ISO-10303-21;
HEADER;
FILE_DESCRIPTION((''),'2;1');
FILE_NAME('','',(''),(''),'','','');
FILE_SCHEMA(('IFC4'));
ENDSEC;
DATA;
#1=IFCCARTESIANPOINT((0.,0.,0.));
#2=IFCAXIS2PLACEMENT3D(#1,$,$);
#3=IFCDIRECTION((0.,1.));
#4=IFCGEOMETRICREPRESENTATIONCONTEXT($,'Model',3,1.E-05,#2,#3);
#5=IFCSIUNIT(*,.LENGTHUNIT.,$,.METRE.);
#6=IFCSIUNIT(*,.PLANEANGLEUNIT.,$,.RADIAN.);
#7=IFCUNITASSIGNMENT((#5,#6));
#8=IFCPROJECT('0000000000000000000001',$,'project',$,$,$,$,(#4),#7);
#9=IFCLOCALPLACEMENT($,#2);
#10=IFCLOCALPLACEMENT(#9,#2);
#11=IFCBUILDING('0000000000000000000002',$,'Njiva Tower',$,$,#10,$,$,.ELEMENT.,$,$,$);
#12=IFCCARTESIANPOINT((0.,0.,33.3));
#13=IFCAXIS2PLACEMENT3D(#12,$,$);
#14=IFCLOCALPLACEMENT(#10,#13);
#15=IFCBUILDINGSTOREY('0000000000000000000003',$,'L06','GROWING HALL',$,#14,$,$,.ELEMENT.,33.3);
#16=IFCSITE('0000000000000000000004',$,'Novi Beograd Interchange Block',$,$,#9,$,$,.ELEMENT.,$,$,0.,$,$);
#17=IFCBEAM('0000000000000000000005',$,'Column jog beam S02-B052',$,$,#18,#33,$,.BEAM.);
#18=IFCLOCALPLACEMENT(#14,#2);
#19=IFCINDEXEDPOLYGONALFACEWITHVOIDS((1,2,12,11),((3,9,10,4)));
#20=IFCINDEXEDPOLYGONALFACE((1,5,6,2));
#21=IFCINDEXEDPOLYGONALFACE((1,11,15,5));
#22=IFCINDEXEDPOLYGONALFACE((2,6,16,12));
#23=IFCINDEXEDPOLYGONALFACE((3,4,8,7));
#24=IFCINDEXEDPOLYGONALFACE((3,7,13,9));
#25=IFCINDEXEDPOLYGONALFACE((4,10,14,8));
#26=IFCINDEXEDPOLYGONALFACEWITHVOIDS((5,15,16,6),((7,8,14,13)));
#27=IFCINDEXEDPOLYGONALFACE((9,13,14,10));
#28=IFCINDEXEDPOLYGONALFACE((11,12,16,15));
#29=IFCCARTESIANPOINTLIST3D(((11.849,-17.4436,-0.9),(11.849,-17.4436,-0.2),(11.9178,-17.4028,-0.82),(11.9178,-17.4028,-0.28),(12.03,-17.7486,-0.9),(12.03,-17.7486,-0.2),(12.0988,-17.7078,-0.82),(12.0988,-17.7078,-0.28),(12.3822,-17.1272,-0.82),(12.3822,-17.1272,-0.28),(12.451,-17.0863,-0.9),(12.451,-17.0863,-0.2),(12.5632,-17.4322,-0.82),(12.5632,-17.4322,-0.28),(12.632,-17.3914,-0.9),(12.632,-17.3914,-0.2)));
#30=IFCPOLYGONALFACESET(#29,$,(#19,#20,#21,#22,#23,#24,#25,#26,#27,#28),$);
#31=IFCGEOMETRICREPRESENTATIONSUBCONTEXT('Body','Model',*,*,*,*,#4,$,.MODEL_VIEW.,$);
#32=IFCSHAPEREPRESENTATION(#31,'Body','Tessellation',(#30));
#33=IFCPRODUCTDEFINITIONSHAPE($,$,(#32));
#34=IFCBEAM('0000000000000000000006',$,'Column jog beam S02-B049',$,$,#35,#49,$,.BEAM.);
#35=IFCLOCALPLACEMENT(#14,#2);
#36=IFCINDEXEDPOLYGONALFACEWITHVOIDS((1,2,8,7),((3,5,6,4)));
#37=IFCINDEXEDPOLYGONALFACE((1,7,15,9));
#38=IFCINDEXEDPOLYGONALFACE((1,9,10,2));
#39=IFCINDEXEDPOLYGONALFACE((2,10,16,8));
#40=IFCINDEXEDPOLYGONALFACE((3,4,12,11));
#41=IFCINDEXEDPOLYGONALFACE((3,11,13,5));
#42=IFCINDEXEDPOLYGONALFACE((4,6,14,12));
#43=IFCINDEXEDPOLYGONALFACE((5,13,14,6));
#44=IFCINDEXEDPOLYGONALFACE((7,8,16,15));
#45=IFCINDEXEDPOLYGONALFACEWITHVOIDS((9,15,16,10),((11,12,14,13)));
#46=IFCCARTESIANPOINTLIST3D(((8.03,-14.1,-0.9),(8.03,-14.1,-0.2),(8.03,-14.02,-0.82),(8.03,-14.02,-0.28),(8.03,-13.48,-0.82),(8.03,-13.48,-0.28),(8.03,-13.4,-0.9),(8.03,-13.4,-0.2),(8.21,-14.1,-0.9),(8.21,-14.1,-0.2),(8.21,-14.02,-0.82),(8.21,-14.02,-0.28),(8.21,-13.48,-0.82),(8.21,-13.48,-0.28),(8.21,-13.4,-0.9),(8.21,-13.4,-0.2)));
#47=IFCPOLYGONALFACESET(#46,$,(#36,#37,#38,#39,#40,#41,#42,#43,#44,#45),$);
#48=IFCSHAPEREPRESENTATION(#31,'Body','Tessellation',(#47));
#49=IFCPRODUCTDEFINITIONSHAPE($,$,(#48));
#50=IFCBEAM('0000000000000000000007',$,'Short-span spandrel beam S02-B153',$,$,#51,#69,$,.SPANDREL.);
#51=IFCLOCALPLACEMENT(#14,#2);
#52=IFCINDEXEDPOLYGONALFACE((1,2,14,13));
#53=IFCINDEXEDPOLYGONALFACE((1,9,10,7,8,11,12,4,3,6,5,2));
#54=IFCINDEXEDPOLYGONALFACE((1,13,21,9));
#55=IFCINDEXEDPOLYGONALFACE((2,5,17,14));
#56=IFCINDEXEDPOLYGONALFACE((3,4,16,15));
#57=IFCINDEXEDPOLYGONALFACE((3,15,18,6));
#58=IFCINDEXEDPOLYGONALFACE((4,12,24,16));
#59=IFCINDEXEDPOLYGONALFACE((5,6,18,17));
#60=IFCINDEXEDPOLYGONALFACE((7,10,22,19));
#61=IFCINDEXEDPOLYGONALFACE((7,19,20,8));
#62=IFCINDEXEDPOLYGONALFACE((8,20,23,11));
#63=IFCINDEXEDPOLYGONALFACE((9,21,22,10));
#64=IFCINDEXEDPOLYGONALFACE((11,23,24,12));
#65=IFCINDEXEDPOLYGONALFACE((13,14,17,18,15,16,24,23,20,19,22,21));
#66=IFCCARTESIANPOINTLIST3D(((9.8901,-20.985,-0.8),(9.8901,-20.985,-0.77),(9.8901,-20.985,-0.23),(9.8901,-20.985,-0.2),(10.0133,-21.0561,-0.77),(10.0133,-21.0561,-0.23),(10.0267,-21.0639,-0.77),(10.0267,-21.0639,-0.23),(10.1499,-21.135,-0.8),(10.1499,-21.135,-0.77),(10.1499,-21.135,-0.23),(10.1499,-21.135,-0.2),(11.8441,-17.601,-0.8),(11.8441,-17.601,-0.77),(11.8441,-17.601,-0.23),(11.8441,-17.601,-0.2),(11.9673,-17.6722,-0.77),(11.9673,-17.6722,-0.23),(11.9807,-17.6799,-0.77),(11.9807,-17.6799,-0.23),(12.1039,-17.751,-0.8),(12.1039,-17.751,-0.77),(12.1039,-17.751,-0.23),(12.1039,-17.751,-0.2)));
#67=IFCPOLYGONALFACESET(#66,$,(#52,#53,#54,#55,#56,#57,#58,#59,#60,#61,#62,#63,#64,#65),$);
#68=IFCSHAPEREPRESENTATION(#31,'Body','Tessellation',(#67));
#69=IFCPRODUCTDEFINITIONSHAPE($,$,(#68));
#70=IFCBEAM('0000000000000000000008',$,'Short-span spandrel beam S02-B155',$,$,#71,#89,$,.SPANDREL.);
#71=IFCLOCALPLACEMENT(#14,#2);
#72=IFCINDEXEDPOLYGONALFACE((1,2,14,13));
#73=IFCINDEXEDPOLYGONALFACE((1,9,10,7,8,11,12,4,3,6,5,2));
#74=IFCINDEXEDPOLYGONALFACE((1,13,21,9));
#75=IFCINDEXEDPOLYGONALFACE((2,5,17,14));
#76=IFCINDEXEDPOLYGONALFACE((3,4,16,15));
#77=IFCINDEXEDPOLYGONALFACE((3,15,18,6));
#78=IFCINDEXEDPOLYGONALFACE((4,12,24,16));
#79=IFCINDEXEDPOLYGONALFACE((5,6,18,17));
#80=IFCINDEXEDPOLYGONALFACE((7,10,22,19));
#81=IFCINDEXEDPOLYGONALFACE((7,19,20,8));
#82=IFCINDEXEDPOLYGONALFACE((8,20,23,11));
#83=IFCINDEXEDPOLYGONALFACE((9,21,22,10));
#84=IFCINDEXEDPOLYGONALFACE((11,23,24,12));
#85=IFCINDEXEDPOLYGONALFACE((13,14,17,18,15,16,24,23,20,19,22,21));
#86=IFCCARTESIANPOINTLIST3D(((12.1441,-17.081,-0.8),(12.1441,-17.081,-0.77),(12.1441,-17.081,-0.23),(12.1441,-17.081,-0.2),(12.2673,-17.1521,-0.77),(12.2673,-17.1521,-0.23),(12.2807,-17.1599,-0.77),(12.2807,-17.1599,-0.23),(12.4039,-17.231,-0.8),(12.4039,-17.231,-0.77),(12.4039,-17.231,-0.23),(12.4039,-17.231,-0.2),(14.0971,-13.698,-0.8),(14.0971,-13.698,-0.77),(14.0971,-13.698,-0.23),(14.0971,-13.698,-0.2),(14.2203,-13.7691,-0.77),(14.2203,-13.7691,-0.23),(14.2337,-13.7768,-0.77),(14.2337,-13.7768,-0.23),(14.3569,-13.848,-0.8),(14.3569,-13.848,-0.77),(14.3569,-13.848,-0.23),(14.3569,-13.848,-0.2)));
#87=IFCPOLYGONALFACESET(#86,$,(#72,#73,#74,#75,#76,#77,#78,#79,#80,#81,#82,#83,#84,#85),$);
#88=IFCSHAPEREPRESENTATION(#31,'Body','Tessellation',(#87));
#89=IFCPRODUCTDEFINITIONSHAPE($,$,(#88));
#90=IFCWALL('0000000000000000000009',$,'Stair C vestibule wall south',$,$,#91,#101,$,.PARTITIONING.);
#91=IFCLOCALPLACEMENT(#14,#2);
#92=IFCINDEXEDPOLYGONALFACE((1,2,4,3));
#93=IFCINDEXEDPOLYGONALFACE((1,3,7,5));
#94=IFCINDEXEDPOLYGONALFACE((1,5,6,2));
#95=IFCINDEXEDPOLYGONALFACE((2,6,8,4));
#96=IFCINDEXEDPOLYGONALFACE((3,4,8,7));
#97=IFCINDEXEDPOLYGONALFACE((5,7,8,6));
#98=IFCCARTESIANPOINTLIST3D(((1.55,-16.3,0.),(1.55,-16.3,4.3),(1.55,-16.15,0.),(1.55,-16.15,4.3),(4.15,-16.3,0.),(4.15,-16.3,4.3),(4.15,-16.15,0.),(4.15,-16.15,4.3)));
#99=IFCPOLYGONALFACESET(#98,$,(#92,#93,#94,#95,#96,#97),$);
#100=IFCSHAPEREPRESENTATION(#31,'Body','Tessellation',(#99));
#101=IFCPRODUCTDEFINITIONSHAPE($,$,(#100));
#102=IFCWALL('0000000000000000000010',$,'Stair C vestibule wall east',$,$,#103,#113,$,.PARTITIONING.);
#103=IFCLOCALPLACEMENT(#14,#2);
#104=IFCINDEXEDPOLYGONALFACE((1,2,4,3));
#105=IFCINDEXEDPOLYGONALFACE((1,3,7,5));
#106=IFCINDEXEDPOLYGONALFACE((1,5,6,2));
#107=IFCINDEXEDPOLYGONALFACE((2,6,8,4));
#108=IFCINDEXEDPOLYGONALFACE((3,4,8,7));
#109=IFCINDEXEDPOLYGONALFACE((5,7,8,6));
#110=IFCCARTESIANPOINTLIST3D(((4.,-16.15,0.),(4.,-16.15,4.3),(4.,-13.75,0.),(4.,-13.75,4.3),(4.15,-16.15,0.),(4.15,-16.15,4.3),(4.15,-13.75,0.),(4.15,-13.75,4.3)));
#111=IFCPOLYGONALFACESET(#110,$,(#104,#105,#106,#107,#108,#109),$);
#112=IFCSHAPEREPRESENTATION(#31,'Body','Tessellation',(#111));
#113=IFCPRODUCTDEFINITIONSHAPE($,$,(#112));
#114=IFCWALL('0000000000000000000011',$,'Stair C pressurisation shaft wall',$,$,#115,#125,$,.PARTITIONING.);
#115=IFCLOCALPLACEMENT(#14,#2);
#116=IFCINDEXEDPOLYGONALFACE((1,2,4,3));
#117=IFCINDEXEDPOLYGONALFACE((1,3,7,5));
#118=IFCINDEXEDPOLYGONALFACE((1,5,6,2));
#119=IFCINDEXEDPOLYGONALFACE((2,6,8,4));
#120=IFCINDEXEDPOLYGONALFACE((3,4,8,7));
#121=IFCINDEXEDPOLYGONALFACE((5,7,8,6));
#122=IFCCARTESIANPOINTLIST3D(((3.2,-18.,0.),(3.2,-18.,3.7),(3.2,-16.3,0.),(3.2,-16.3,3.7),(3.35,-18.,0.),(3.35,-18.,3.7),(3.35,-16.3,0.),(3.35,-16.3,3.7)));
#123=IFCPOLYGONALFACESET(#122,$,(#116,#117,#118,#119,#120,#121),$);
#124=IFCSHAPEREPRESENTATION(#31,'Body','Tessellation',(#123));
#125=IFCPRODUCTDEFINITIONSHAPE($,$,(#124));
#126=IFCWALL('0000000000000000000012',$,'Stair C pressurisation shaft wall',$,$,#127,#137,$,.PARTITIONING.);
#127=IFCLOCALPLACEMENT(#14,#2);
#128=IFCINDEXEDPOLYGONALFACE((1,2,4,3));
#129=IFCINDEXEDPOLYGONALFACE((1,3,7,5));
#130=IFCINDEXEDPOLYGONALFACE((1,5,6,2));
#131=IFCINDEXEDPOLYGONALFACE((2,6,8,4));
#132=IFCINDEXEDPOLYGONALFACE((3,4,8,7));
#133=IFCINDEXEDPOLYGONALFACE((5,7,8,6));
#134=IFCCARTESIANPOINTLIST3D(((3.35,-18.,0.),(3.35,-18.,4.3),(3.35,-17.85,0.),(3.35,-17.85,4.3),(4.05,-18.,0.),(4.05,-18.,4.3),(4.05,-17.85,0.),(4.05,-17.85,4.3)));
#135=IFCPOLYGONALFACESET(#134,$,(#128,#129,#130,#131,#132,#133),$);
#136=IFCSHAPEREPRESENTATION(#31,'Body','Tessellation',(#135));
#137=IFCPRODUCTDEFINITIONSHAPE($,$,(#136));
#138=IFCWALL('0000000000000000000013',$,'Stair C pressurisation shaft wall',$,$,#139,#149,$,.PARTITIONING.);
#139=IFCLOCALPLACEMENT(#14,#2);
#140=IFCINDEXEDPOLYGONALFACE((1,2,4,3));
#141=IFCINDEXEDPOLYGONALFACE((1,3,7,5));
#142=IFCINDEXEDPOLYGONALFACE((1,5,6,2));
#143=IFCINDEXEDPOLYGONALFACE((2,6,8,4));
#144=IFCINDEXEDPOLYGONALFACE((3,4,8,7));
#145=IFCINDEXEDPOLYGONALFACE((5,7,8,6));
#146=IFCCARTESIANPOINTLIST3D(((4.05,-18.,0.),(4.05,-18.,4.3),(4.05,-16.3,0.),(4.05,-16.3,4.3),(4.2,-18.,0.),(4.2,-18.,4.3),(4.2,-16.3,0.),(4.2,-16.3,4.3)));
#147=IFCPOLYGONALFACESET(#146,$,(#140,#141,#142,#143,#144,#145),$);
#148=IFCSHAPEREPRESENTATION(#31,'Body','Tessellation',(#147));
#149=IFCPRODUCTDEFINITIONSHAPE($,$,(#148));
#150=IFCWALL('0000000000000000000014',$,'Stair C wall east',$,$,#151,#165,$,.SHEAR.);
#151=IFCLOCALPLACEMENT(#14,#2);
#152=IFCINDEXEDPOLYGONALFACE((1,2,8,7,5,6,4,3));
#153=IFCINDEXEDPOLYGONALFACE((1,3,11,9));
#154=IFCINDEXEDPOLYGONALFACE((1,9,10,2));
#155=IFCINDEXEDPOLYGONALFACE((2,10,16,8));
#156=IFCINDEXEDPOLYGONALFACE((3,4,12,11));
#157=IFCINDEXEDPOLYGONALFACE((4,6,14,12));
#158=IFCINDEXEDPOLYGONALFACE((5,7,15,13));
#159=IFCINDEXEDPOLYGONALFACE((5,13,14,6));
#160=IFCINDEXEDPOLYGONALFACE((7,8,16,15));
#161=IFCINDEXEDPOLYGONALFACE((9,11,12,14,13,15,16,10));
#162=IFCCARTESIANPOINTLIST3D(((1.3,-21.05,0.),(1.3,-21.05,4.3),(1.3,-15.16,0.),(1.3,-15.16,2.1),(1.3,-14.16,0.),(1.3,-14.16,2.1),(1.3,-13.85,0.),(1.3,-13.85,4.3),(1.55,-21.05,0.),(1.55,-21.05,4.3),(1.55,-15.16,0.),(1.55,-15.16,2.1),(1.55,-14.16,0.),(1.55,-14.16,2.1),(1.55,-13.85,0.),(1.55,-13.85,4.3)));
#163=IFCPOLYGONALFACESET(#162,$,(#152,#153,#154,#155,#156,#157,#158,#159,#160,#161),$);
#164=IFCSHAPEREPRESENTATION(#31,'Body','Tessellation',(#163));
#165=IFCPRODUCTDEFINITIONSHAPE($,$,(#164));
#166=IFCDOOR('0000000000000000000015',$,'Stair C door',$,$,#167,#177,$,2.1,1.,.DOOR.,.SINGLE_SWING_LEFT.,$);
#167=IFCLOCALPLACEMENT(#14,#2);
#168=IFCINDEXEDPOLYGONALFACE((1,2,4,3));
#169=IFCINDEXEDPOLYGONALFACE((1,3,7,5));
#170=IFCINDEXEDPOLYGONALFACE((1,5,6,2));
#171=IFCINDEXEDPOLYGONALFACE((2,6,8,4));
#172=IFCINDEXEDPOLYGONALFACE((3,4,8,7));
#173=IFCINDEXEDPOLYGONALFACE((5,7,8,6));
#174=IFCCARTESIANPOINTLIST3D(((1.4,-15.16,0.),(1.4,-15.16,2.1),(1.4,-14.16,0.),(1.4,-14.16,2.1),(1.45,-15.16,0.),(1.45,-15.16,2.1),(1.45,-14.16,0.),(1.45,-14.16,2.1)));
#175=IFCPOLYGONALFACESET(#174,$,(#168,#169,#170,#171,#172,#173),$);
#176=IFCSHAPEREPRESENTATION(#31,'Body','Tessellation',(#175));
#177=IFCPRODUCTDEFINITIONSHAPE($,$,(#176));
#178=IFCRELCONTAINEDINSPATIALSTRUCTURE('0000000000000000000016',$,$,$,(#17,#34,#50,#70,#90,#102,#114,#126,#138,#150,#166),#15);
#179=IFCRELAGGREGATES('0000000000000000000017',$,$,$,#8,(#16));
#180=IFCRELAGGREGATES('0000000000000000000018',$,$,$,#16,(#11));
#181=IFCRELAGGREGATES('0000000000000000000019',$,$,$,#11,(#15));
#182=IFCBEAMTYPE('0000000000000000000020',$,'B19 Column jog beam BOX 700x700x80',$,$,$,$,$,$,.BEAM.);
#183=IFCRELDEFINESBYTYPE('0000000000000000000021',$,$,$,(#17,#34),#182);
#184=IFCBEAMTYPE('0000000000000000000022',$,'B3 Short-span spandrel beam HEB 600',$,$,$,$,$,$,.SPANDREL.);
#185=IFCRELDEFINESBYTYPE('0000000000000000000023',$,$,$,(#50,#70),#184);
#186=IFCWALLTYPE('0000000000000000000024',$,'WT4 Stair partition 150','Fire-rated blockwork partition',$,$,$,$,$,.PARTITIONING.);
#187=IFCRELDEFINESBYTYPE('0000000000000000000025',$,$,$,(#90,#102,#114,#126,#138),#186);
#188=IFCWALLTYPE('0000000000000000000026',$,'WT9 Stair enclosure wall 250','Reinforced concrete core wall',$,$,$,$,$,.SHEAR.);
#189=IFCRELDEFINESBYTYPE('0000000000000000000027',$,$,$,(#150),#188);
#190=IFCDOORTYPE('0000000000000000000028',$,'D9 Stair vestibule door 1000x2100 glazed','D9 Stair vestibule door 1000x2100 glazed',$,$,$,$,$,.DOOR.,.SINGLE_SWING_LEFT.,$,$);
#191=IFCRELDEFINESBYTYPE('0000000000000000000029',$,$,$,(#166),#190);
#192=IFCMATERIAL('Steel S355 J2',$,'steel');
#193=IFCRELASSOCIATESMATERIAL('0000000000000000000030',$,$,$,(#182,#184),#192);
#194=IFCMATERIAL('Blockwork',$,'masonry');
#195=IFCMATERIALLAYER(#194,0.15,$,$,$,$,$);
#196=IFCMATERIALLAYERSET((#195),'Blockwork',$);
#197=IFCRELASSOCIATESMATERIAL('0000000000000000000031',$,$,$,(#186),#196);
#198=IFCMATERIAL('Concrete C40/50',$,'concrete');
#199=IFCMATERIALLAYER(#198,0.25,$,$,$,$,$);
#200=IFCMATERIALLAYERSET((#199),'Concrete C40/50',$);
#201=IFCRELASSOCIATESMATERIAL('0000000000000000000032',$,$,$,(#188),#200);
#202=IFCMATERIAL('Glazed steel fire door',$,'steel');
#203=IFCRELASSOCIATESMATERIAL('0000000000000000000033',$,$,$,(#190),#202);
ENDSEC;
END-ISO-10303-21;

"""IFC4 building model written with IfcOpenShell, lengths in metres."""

from ifc_helpers import new_model, si_unit, direction, frame, frame_2d, origin, origin_2d, place, context, subcontext, project, spatial, rectangle, hollow_rectangle, i_section, extrude, material, layer, layer_set, material_profile, profile_set, type_object, element, fill, save


model = new_model("IFC4")

# Units and contexts
model_context = context("Model", 3, precision=1e-05, world=origin(), true_north=direction((0.0, 1.0)))
body_context = subcontext(model_context, "Body", "Model", "MODEL_VIEW")
ifc_project = project(units=[si_unit("LENGTHUNIT", "METRE"), si_unit("PLANEANGLEUNIT", "RADIAN")], contexts=[model_context])

# Site, building, storey
site_placement = place(None, origin())
site = spatial("IfcSite", under=ifc_project, at=site_placement, Name="Novi Beograd Interchange Block", CompositionType="ELEMENT", RefElevation=0.0)
building_placement = place(site_placement, origin())
building = spatial("IfcBuilding", under=site, at=building_placement, Name="Njiva Tower", CompositionType="ELEMENT")
storey_placement = place(building_placement, frame((0.0, 0.0, 33.3)))
storey = spatial("IfcBuildingStorey", under=building, at=storey_placement, Name="L06", Description="GROWING HALL", CompositionType="ELEMENT", Elevation=33.3)

# Shared definitions
ifc_material_1 = material(Name="Steel S355 J2", Category="steel")

# Beams
ifc_material_profile_1 = material_profile(ifc_material_1, hollow_rectangle(XDim=0.7, YDim=0.7, WallThickness=0.08, at=origin_2d()), Name="BOX 700x700x80")
ifc_profile_set_1 = profile_set([ifc_material_profile_1], Name="Steel S355 J2")
beam_type_1 = type_object("IfcBeamType", Name="B19 Column jog beam BOX 700x700x80", PredefinedType="BEAM", material=ifc_profile_set_1)
beam_1_placement = place(storey_placement, frame((12.331, -17.57, -0.55), z_axis=(-0.510343, 0.859971, 0.0), x_axis=(-0.859971, -0.510343, 0.0)))
element("IfcBeam", 1, at=beam_1_placement, inside=storey, type_object=beam_type_1, Name="Column jog beam S02-B052", PredefinedType="BEAM", context=body_context, shape_type="SweptSolid", body=[
    extrude(hollow_rectangle(XDim=0.7, YDim=0.7, WallThickness=0.08, at=origin_2d()), origin(), (0.0, 0.0, 1.0), 0.3547),
])
beam_2_placement = place(storey_placement, frame((8.21, -13.75, -0.55), z_axis=(-1.0, 0.0, 0.0), x_axis=(0.0, -1.0, 0.0)))
element("IfcBeam", 2, at=beam_2_placement, inside=storey, type_object=beam_type_1, Name="Column jog beam S02-B049", PredefinedType="BEAM", context=body_context, shape_type="SweptSolid", body=[
    extrude(hollow_rectangle(XDim=0.7, YDim=0.7, WallThickness=0.08, at=origin_2d()), origin(), (0.0, 0.0, 1.0), 0.18),
])
ifc_material_profile_2 = material_profile(ifc_material_1, i_section(OverallWidth=0.3, OverallDepth=0.6, WebThickness=0.0155, FlangeThickness=0.03, at=origin_2d()), Name="HEB 600")
ifc_profile_set_2 = profile_set([ifc_material_profile_2], Name="Steel S355 J2")
beam_type_2 = type_object("IfcBeamType", Name="B3 Short-span spandrel beam HEB 600", PredefinedType="SPANDREL", material=ifc_profile_set_2)
beam_3_placement = place(storey_placement, frame((10.02, -21.06, -0.5), z_axis=(0.500047, 0.865998, 0.0), x_axis=(-0.865998, 0.500047, 0.0)))
element("IfcBeam", 3, at=beam_3_placement, inside=storey, type_object=beam_type_2, Name="Short-span spandrel beam S02-B153", PredefinedType="SPANDREL", context=body_context, shape_type="SweptSolid", body=[
    extrude(i_section(OverallWidth=0.3, OverallDepth=0.6, WebThickness=0.0155, FlangeThickness=0.03, at=origin_2d()), origin(), (0.0, 0.0, 1.0), 3.9076),
])
beam_4_placement = place(storey_placement, frame((12.274, -17.156, -0.5), z_axis=(0.499966, 0.866045, 0.0), x_axis=(-0.866045, 0.499966, 0.0)))
element("IfcBeam", 4, at=beam_4_placement, inside=storey, type_object=beam_type_2, Name="Short-span spandrel beam S02-B155", PredefinedType="SPANDREL", context=body_context, shape_type="SweptSolid", body=[
    extrude(i_section(OverallWidth=0.3, OverallDepth=0.6, WebThickness=0.0155, FlangeThickness=0.03, at=origin_2d()), origin(), (0.0, 0.0, 1.0), 3.9063),
])

# Walls
ifc_material_2 = material(Name="Blockwork", Category="masonry")
ifc_layer_1 = layer(ifc_material_2, 0.15)
ifc_layer_set_1 = layer_set([ifc_layer_1], Name="Blockwork")
wall_type_1 = type_object("IfcWallType", Name="WT4 Stair partition 150", Description="Fire-rated blockwork partition", PredefinedType="PARTITIONING", material=ifc_layer_set_1)
wall_1_placement = place(storey_placement, frame((1.55, -16.225, 0.0), z_axis=(0.0, 0.0, 1.0), x_axis=(1.0, 0.0, 0.0)))
element("IfcWall", 5, at=wall_1_placement, inside=storey, type_object=wall_type_1, Name="Stair C vestibule wall south", PredefinedType="PARTITIONING", context=body_context, shape_type="SweptSolid", body=[
    extrude(rectangle(XDim=2.6, YDim=0.15, at=frame_2d((1.3, 0.0))), origin(), (0.0, 0.0, 1.0), 4.3),
])
wall_2_placement = place(storey_placement, frame((4.075, -16.15, 0.0), z_axis=(0.0, 0.0, 1.0), x_axis=(0.0, 1.0, 0.0)))
element("IfcWall", 6, at=wall_2_placement, inside=storey, type_object=wall_type_1, Name="Stair C vestibule wall east", PredefinedType="PARTITIONING", context=body_context, shape_type="SweptSolid", body=[
    extrude(rectangle(XDim=2.4, YDim=0.15, at=frame_2d((1.2, 0.0))), origin(), (0.0, 0.0, 1.0), 4.3),
])
wall_3_placement = place(storey_placement, frame((3.275, -18.0, 0.0), z_axis=(0.0, 0.0, 1.0), x_axis=(0.0, 1.0, 0.0)))
element("IfcWall", 7, at=wall_3_placement, inside=storey, type_object=wall_type_1, Name="Stair C pressurisation shaft wall", PredefinedType="PARTITIONING", context=body_context, shape_type="SweptSolid", body=[
    extrude(rectangle(XDim=1.7, YDim=0.15, at=frame_2d((0.85, 0.0))), origin(), (0.0, 0.0, 1.0), 3.7),
])
wall_4_placement = place(storey_placement, frame((3.35, -17.925, 0.0), z_axis=(0.0, 0.0, 1.0), x_axis=(1.0, 0.0, 0.0)))
element("IfcWall", 8, at=wall_4_placement, inside=storey, type_object=wall_type_1, Name="Stair C pressurisation shaft wall", PredefinedType="PARTITIONING", context=body_context, shape_type="SweptSolid", body=[
    extrude(rectangle(XDim=0.7, YDim=0.15, at=frame_2d((0.35, 0.0))), origin(), (0.0, 0.0, 1.0), 4.3),
])
wall_5_placement = place(storey_placement, frame((4.125, -18.0, 0.0), z_axis=(0.0, 0.0, 1.0), x_axis=(0.0, 1.0, 0.0)))
element("IfcWall", 9, at=wall_5_placement, inside=storey, type_object=wall_type_1, Name="Stair C pressurisation shaft wall", PredefinedType="PARTITIONING", context=body_context, shape_type="SweptSolid", body=[
    extrude(rectangle(XDim=1.7, YDim=0.15, at=frame_2d((0.85, 0.0))), origin(), (0.0, 0.0, 1.0), 4.3),
])

# Wall, opening, door
ifc_material_3 = material(Name="Concrete C40/50", Category="concrete")
ifc_layer_2 = layer(ifc_material_3, 0.25)
ifc_layer_set_2 = layer_set([ifc_layer_2], Name="Concrete C40/50")
wall_type_2 = type_object("IfcWallType", Name="WT9 Stair enclosure wall 250", Description="Reinforced concrete core wall", PredefinedType="SHEAR", material=ifc_layer_set_2)
wall_6_placement = place(storey_placement, frame((1.425, -21.05, 0.0), z_axis=(0.0, 0.0, 1.0), x_axis=(0.0, 1.0, 0.0)))
wall_6 = element("IfcWall", 10, at=wall_6_placement, inside=storey, type_object=wall_type_2, Name="Stair C wall east", PredefinedType="SHEAR", context=body_context, shape_type="SweptSolid", body=[
    extrude(rectangle(XDim=7.2, YDim=0.25, at=frame_2d((3.6, 0.0))), origin(), (0.0, 0.0, 1.0), 4.3),
])
opening_placement = place(wall_6_placement, frame((5.89, 0.0, 0.0)))
opening = element("IfcOpeningElement", 11, at=opening_placement, cuts=wall_6, PredefinedType="OPENING", context=body_context, shape_type="SweptSolid", body=[
    extrude(rectangle(XDim=1.0, YDim=2.1, at=frame_2d((0.5, 1.05))), frame((0.0, 0.135, 0.0), z_axis=(0.0, -1.0, 0.0), x_axis=(1.0, 0.0, 0.0)), (0.0, 0.0, 1.0), 0.27),
])
ifc_material_4 = material(Name="Glazed steel fire door", Category="steel")
door_type = type_object("IfcDoorType", Name="D9 Stair vestibule door 1000x2100 glazed", Description="D9 Stair vestibule door 1000x2100 glazed", OperationType="SINGLE_SWING_LEFT", PredefinedType="DOOR", material=ifc_material_4)
door_placement = place(opening_placement, origin())
door = element("IfcDoor", 12, at=door_placement, inside=storey, type_object=door_type, Name="Stair C door", OperationType="SINGLE_SWING_LEFT", OverallHeight=2.1, OverallWidth=1.0, PredefinedType="DOOR", context=body_context, shape_type="SweptSolid", body=[
    extrude(rectangle(XDim=1.0, YDim=2.1, at=frame_2d((0.5, 1.05))), frame((0.0, 0.025, 0.0), z_axis=(0.0, -1.0, 0.0), x_axis=(1.0, 0.0, 0.0)), (0.0, 0.0, 1.0), 0.05),
])
fill(opening, door)

save(model, "model.ifc")
